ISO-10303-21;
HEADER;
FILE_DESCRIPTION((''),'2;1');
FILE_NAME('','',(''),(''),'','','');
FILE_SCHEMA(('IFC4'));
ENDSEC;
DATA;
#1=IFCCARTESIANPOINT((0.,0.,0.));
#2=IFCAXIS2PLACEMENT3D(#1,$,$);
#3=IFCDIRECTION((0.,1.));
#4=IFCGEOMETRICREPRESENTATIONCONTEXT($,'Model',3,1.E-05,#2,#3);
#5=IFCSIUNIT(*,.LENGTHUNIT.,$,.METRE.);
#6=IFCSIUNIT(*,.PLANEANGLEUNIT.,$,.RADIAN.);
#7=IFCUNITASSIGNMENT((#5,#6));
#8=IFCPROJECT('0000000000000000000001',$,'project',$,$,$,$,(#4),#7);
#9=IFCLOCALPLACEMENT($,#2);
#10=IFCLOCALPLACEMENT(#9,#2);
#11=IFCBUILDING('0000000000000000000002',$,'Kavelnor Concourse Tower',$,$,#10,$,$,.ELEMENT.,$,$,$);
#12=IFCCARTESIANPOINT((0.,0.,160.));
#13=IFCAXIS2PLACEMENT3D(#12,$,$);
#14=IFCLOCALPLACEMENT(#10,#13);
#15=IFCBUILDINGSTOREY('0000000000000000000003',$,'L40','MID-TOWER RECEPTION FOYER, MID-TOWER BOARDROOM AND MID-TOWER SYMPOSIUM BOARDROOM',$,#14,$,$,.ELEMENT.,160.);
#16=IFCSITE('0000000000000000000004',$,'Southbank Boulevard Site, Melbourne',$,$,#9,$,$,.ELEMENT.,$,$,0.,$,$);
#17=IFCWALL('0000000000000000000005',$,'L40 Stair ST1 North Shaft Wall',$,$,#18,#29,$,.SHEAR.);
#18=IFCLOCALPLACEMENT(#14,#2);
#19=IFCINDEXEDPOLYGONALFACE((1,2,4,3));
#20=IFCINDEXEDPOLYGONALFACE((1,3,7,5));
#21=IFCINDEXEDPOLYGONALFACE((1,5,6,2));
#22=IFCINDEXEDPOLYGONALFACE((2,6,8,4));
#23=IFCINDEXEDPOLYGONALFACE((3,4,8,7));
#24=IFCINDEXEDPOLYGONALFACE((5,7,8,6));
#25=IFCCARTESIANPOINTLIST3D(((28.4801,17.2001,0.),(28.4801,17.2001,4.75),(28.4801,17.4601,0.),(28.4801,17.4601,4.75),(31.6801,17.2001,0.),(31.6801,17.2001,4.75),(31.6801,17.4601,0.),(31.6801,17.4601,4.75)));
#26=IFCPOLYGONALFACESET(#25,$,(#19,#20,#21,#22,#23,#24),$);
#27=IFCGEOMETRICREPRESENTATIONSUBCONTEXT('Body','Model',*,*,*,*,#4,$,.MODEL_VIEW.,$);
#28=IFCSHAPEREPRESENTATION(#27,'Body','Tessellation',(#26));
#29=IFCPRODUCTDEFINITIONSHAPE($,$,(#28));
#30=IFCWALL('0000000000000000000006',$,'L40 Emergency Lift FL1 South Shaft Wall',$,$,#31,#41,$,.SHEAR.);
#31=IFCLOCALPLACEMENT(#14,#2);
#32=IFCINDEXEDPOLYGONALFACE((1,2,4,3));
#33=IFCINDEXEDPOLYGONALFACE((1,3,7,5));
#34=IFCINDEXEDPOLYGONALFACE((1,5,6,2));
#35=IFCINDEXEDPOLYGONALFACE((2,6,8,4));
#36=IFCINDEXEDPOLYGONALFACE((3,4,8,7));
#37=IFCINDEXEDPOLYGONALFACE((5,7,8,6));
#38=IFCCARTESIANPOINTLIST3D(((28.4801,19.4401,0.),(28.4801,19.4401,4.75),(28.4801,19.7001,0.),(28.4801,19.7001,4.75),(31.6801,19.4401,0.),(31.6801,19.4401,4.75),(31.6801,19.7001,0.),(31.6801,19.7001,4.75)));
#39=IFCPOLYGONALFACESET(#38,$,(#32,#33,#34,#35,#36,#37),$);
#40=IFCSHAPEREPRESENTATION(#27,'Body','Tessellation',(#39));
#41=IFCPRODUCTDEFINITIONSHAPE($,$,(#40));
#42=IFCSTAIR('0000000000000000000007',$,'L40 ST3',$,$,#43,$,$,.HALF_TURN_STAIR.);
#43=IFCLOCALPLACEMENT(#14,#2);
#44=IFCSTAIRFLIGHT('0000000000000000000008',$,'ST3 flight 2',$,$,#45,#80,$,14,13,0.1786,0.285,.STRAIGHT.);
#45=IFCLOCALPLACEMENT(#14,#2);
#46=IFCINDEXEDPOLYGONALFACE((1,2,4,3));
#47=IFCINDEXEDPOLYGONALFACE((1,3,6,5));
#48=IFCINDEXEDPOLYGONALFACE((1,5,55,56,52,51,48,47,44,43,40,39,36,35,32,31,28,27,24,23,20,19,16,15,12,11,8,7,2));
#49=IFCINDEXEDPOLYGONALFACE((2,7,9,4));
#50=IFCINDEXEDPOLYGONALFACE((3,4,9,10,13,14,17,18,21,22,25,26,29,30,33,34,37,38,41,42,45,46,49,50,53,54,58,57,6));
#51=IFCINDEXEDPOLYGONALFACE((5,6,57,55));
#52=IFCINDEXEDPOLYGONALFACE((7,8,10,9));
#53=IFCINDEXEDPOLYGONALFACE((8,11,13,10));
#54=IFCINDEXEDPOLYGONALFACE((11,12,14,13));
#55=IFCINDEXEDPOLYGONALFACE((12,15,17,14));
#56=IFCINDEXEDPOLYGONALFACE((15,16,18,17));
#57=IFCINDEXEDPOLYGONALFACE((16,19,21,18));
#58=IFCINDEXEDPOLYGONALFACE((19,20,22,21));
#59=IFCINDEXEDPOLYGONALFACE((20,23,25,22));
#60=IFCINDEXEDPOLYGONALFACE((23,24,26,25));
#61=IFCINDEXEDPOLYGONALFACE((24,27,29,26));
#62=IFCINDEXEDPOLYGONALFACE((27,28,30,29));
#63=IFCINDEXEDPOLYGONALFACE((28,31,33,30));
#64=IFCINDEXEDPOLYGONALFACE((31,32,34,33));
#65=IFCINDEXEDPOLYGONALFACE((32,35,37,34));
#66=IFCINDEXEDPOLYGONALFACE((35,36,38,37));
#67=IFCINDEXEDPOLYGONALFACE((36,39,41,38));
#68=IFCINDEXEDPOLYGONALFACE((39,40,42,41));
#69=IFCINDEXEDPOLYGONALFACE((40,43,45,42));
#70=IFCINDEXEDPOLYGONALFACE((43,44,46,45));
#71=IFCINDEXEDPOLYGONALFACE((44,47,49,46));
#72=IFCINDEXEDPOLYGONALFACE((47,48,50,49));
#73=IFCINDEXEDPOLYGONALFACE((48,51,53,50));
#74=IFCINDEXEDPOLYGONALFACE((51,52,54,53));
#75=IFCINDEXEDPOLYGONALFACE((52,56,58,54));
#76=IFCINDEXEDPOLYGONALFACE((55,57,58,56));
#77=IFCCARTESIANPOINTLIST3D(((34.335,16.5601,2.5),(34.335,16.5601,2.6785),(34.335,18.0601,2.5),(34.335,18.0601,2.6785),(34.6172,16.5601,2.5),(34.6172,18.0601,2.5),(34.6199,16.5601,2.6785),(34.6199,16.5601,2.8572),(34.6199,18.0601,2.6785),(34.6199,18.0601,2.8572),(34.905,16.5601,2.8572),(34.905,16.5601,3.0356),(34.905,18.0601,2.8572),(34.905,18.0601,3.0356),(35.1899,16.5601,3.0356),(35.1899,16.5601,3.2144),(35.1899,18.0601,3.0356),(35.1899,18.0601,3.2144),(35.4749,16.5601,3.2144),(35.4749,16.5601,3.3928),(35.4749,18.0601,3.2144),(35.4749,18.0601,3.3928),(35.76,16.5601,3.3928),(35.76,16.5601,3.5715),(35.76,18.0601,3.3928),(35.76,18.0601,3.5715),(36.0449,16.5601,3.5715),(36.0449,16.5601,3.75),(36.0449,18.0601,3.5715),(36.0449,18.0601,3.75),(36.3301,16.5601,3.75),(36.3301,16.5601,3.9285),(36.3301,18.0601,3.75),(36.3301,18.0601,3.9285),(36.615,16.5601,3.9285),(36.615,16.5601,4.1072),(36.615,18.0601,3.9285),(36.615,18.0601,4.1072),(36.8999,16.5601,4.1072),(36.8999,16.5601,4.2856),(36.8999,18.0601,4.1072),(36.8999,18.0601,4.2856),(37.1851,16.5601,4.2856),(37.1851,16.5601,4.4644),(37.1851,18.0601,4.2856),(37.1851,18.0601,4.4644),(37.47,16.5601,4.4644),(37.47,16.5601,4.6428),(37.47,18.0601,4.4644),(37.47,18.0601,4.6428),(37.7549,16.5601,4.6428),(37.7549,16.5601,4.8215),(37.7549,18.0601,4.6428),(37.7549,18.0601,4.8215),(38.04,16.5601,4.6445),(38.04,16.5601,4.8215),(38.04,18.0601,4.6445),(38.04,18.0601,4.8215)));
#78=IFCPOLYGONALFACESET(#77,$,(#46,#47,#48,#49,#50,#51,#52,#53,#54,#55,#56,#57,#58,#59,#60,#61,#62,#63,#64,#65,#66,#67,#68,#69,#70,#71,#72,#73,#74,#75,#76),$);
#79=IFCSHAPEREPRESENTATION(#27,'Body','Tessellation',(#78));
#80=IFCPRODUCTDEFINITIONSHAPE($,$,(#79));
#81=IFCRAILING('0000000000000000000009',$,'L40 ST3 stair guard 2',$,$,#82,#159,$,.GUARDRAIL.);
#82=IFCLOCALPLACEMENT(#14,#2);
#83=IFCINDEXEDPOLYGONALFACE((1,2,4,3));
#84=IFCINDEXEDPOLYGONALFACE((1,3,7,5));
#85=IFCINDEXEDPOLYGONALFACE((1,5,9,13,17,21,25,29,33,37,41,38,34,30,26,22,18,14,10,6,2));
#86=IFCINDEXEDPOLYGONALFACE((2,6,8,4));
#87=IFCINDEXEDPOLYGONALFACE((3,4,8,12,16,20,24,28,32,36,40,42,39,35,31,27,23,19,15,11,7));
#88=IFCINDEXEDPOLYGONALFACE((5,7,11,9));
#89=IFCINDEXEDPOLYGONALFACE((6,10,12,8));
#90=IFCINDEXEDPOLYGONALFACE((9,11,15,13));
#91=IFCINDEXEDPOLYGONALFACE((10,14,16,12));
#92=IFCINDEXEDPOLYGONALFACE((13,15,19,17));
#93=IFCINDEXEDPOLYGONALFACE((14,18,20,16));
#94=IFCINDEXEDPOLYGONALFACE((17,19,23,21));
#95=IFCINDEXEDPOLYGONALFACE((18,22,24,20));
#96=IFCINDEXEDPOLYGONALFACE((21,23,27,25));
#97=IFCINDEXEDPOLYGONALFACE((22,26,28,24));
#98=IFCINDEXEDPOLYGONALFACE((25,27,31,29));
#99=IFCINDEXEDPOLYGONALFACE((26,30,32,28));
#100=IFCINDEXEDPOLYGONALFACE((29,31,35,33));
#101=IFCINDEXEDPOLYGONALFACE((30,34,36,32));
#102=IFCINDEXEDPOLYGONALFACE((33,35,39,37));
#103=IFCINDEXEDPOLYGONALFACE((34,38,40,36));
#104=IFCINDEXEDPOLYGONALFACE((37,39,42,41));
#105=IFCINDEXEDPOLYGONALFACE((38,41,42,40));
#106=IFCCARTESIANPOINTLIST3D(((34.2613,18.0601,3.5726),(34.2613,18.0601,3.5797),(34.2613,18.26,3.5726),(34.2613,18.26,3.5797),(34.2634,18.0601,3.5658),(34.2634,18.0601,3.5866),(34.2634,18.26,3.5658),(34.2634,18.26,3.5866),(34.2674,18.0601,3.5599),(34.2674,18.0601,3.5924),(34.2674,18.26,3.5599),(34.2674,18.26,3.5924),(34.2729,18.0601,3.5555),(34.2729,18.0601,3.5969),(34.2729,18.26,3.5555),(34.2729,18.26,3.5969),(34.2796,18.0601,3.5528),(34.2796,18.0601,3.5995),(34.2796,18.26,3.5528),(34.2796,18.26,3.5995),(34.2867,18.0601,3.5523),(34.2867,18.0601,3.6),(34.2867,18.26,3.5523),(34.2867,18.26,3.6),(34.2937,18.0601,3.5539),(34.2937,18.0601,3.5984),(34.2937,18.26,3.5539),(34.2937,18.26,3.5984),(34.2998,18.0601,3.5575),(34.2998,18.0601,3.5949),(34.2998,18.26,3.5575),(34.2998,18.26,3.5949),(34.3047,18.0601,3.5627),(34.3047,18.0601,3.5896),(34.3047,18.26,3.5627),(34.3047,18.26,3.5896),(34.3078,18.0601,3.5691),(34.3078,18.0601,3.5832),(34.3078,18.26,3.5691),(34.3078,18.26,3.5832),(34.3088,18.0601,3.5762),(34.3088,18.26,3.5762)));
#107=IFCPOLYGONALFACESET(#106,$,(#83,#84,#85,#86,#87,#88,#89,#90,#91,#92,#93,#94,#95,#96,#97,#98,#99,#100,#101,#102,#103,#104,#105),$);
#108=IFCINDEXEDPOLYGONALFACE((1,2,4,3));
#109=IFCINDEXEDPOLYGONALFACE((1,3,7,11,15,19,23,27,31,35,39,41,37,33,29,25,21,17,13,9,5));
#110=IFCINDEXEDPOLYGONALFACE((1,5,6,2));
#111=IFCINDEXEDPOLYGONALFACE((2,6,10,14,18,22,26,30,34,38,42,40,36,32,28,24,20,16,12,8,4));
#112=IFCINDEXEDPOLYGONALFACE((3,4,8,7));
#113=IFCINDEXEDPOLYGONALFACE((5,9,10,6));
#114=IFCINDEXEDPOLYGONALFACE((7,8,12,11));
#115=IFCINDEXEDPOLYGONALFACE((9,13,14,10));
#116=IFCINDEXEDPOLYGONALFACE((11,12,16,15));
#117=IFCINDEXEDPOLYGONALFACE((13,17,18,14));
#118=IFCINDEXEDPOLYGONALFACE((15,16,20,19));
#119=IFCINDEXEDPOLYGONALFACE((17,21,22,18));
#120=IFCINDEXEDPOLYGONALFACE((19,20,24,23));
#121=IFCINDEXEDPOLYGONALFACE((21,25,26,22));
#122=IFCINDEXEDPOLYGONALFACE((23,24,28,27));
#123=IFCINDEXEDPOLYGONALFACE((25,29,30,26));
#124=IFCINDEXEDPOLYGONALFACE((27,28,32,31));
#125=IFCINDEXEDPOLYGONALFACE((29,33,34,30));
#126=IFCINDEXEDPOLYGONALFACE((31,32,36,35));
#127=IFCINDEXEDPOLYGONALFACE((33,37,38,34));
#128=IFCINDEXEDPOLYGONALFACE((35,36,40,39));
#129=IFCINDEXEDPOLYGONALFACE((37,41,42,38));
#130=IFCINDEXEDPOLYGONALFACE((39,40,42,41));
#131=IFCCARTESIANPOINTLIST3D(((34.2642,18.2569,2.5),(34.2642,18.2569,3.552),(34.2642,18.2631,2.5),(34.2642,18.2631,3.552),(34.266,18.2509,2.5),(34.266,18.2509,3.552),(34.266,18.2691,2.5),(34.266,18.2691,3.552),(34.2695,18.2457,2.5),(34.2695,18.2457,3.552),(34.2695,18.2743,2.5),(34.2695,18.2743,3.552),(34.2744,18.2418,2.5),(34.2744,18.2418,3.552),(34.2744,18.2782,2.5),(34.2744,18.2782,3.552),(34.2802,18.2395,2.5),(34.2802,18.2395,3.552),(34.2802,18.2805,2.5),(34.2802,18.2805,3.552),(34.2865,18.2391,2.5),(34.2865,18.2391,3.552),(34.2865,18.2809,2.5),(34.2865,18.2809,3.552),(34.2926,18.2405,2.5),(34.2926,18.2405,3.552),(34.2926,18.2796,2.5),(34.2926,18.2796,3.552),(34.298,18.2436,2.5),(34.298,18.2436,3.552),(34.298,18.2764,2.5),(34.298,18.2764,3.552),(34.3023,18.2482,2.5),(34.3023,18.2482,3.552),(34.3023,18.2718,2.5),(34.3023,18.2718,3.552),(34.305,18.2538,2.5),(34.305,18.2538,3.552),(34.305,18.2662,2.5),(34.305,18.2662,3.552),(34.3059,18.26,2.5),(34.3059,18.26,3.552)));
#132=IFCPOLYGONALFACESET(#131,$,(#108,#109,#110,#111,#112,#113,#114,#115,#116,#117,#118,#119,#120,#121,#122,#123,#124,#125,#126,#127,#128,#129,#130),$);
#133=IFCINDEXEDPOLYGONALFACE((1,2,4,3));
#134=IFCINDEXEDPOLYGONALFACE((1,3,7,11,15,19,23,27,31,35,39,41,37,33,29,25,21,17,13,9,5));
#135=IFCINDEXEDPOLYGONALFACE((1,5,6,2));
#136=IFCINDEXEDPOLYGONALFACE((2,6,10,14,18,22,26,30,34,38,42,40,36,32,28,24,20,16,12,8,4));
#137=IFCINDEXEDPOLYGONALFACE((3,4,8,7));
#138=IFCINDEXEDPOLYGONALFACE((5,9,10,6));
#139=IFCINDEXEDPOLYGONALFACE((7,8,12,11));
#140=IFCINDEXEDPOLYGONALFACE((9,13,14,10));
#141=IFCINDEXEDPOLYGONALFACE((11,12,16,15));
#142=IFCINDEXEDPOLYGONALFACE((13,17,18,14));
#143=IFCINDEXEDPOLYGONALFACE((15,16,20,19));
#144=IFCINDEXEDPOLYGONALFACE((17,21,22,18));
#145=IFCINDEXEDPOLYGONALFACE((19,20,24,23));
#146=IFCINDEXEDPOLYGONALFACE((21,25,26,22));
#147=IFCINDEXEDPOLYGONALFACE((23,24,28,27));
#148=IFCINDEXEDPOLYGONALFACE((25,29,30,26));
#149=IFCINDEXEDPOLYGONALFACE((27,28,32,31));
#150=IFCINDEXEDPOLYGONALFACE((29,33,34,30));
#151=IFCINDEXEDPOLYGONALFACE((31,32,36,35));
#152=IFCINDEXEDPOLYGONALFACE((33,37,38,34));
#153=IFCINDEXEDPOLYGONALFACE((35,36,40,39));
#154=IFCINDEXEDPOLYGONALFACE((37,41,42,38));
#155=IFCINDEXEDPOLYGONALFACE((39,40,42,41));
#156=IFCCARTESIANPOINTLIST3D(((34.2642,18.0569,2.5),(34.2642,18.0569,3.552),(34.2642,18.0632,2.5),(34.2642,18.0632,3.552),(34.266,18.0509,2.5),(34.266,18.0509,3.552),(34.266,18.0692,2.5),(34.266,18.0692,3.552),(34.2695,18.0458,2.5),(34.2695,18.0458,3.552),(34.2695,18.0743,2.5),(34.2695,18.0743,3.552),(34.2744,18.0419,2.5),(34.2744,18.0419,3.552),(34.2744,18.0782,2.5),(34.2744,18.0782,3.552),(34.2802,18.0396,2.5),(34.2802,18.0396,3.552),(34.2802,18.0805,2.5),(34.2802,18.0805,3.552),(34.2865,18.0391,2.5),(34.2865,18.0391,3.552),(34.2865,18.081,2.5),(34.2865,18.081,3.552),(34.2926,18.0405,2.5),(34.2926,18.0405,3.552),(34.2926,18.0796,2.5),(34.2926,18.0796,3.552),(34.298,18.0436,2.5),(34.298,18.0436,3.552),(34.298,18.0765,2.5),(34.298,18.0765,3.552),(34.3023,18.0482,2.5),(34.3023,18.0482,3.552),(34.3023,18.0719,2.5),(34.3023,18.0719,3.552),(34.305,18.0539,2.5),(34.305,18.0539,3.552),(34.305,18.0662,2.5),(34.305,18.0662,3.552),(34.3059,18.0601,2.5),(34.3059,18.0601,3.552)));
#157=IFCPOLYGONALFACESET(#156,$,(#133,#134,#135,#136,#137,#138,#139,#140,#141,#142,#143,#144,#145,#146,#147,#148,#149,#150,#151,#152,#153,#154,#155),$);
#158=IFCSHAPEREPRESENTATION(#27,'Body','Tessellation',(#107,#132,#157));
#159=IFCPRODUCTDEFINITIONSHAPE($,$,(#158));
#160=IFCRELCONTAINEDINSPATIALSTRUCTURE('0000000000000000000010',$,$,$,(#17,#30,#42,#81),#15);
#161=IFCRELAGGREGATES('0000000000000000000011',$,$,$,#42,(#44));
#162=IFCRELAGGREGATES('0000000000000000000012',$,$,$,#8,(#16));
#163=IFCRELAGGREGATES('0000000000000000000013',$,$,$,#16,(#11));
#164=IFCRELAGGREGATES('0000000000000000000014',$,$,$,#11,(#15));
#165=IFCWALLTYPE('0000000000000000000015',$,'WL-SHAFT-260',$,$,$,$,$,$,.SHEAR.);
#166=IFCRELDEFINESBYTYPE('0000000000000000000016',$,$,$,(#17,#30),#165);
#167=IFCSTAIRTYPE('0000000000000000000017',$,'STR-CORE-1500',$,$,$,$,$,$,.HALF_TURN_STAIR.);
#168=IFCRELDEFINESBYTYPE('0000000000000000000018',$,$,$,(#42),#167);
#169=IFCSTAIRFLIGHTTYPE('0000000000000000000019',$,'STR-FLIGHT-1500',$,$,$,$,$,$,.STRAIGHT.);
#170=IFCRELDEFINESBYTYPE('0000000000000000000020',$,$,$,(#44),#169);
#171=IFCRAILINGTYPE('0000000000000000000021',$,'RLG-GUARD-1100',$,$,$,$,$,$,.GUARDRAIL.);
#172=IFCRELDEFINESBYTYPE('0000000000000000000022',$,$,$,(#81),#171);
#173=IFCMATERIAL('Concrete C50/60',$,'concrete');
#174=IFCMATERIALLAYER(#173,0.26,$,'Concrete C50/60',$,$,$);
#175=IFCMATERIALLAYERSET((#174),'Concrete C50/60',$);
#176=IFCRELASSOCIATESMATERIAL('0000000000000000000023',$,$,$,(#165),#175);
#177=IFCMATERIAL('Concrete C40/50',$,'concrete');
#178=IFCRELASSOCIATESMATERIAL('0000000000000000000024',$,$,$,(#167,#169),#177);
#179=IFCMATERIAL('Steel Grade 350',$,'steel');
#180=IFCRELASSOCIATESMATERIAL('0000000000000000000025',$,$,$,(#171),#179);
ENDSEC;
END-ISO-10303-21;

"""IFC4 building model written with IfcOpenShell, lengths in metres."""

from ifc_helpers import new_model, si_unit, direction, frame, frame_2d, origin, origin_2d, place, context, subcontext, project, spatial, polyline, rectangle, circle, outline, extrude, material, layer, layer_set, type_object, element, aggregate, save


model = new_model("IFC4")

# Units and contexts
model_context = context("Model", 3, precision=1e-05, world=origin(), true_north=direction((0.0, 1.0)))
body_context = subcontext(model_context, "Body", "Model", "MODEL_VIEW")
ifc_project = project(units=[si_unit("LENGTHUNIT", "METRE"), si_unit("PLANEANGLEUNIT", "RADIAN")], contexts=[model_context])

# Site, building, storey
site_placement = place(None, origin())
site = spatial("IfcSite", under=ifc_project, at=site_placement, Name="Southbank Boulevard Site, Melbourne", CompositionType="ELEMENT", RefElevation=0.0)
building_placement = place(site_placement, origin())
building = spatial("IfcBuilding", under=site, at=building_placement, Name="Kavelnor Concourse Tower", CompositionType="ELEMENT")
storey_placement = place(building_placement, frame((0.0, 0.0, 160.0)))
storey = spatial("IfcBuildingStorey", under=building, at=storey_placement, Name="L40", Description="MID-TOWER RECEPTION FOYER, MID-TOWER BOARDROOM AND MID-TOWER SYMPOSIUM BOARDROOM", CompositionType="ELEMENT", Elevation=160.0)

# Shared definitions
ifc_material_1 = material(Name="Steel Grade 350", Category="steel")

# Shared definitions
ifc_material_2 = material(Name="Concrete C50/60", Category="concrete")

# Walls
ifc_layer_1 = layer(ifc_material_2, 0.26, Name="Concrete C50/60")
ifc_layer_set_1 = layer_set([ifc_layer_1], Name="Concrete C50/60")
wall_type_1 = type_object("IfcWallType", Name="WL-SHAFT-260", PredefinedType="SHEAR", material=ifc_layer_set_1)
for number, where, z_axis, x_axis, name in (
    (1, (28.48, 17.3301, 0.0), (0.0, 0.0, 1.0), (1.0, 0.0, 0.0), "L40 Stair ST1 North Shaft Wall"),
    (2, (28.48, 19.5701, 0.0), (0.0, 0.0, 1.0), (1.0, 0.0, 0.0), "L40 Emergency Lift FL1 South Shaft Wall"),
):
    element("IfcWall", number, at=place(storey_placement, frame(where, z_axis=z_axis, x_axis=x_axis)), inside=storey, type_object=wall_type_1, Name=name, PredefinedType="SHEAR", context=body_context, shape_type="SweptSolid", body=[
        extrude(rectangle(XDim=3.2, YDim=0.26, at=frame_2d((1.6001, 0.0))), origin(), (0.0, 0.0, 1.0), 4.75),
    ])

# Stair, stair flight
ifc_material_3 = material(Name="Concrete C40/50", Category="concrete")
stair_type = type_object("IfcStairType", Name="STR-CORE-1500", PredefinedType="HALF_TURN_STAIR", material=ifc_material_3)
stair_placement = place(storey_placement, origin())
stair = element("IfcStair", 3, at=stair_placement, inside=storey, type_object=stair_type, Name="L40 ST3", PredefinedType="HALF_TURN_STAIR")
stair_flight_type = type_object("IfcStairFlightType", Name="STR-FLIGHT-1500", PredefinedType="STRAIGHT", material=ifc_material_3)
stair_flight_placement = place(storey_placement, frame((34.335, 17.3101, 2.5), z_axis=(0.0, 0.0, 1.0), x_axis=(1.0, 0.0, 0.0)))
stair_flight = element("IfcStairFlight", 4, at=stair_flight_placement, type_object=stair_flight_type, Name="ST3 flight 2", NumberOfRisers=14, NumberOfTreads=13, PredefinedType="STRAIGHT", RiserHeight=0.1786, TreadLength=0.285, context=body_context, shape_type="SweptSolid", body=[
    extrude(outline(polyline([(0.0, 0.0), (0.0, 0.1785), (0.2849, 0.1785), (0.2849, 0.3572), (0.5701, 0.3572), (0.5701, 0.5356), (0.855, 0.5356), (0.855, 0.7144), (1.1399, 0.7144), (1.1399, 0.8928), (1.425, 0.8928), (1.425, 1.0715), (1.71, 1.0715), (1.71, 1.25), (1.9951, 1.25), (1.9951, 1.4285), (2.28, 1.4285), (2.28, 1.6072), (2.5649, 1.6072), (2.5649, 1.7856), (2.8501, 1.7856), (2.8501, 1.9644), (3.135, 1.9644), (3.135, 2.1428), (3.4199, 2.1428), (3.4199, 2.3215), (3.7051, 2.3215), (3.7051, 2.5), (3.7051, 2.1445), (0.2822, 0.0), (0.0, 0.0)])), frame((0.0, 0.75, 0.0), z_axis=(0.0, -1.0, 0.0), x_axis=(1.0, 0.0, 0.0)), (0.0, 0.0, 1.0), 1.5),
])
aggregate(stair, [stair_flight])

# Railing
railing_type = type_object("IfcRailingType", Name="RLG-GUARD-1100", PredefinedType="GUARDRAIL", material=ifc_material_1)
railing_1_placement = place(storey_placement, frame((34.2849, 18.26, 2.5)))
element("IfcRailing", 5, at=railing_1_placement, inside=storey, type_object=railing_type, Name="L40 ST3 stair guard 2", PredefinedType="GUARDRAIL", context=body_context, shape_type="SweptSolid", body=[
    extrude(circle(Radius=0.0239, at=origin_2d()), frame((0.0, 0.0, 1.0762), z_axis=(0.0, -1.0, 0.0), x_axis=(1.0, 0.0, 0.0)), (0.0, 0.0, 1.0), 0.2),
    extrude(circle(Radius=0.021, at=origin_2d()), origin(), (0.0, 0.0, 1.0), 1.052),
    extrude(circle(Radius=0.021, at=origin_2d()), frame((0.0, -0.2, 0.0)), (0.0, 0.0, 1.0), 1.052),
])

save(model, "model.ifc")
